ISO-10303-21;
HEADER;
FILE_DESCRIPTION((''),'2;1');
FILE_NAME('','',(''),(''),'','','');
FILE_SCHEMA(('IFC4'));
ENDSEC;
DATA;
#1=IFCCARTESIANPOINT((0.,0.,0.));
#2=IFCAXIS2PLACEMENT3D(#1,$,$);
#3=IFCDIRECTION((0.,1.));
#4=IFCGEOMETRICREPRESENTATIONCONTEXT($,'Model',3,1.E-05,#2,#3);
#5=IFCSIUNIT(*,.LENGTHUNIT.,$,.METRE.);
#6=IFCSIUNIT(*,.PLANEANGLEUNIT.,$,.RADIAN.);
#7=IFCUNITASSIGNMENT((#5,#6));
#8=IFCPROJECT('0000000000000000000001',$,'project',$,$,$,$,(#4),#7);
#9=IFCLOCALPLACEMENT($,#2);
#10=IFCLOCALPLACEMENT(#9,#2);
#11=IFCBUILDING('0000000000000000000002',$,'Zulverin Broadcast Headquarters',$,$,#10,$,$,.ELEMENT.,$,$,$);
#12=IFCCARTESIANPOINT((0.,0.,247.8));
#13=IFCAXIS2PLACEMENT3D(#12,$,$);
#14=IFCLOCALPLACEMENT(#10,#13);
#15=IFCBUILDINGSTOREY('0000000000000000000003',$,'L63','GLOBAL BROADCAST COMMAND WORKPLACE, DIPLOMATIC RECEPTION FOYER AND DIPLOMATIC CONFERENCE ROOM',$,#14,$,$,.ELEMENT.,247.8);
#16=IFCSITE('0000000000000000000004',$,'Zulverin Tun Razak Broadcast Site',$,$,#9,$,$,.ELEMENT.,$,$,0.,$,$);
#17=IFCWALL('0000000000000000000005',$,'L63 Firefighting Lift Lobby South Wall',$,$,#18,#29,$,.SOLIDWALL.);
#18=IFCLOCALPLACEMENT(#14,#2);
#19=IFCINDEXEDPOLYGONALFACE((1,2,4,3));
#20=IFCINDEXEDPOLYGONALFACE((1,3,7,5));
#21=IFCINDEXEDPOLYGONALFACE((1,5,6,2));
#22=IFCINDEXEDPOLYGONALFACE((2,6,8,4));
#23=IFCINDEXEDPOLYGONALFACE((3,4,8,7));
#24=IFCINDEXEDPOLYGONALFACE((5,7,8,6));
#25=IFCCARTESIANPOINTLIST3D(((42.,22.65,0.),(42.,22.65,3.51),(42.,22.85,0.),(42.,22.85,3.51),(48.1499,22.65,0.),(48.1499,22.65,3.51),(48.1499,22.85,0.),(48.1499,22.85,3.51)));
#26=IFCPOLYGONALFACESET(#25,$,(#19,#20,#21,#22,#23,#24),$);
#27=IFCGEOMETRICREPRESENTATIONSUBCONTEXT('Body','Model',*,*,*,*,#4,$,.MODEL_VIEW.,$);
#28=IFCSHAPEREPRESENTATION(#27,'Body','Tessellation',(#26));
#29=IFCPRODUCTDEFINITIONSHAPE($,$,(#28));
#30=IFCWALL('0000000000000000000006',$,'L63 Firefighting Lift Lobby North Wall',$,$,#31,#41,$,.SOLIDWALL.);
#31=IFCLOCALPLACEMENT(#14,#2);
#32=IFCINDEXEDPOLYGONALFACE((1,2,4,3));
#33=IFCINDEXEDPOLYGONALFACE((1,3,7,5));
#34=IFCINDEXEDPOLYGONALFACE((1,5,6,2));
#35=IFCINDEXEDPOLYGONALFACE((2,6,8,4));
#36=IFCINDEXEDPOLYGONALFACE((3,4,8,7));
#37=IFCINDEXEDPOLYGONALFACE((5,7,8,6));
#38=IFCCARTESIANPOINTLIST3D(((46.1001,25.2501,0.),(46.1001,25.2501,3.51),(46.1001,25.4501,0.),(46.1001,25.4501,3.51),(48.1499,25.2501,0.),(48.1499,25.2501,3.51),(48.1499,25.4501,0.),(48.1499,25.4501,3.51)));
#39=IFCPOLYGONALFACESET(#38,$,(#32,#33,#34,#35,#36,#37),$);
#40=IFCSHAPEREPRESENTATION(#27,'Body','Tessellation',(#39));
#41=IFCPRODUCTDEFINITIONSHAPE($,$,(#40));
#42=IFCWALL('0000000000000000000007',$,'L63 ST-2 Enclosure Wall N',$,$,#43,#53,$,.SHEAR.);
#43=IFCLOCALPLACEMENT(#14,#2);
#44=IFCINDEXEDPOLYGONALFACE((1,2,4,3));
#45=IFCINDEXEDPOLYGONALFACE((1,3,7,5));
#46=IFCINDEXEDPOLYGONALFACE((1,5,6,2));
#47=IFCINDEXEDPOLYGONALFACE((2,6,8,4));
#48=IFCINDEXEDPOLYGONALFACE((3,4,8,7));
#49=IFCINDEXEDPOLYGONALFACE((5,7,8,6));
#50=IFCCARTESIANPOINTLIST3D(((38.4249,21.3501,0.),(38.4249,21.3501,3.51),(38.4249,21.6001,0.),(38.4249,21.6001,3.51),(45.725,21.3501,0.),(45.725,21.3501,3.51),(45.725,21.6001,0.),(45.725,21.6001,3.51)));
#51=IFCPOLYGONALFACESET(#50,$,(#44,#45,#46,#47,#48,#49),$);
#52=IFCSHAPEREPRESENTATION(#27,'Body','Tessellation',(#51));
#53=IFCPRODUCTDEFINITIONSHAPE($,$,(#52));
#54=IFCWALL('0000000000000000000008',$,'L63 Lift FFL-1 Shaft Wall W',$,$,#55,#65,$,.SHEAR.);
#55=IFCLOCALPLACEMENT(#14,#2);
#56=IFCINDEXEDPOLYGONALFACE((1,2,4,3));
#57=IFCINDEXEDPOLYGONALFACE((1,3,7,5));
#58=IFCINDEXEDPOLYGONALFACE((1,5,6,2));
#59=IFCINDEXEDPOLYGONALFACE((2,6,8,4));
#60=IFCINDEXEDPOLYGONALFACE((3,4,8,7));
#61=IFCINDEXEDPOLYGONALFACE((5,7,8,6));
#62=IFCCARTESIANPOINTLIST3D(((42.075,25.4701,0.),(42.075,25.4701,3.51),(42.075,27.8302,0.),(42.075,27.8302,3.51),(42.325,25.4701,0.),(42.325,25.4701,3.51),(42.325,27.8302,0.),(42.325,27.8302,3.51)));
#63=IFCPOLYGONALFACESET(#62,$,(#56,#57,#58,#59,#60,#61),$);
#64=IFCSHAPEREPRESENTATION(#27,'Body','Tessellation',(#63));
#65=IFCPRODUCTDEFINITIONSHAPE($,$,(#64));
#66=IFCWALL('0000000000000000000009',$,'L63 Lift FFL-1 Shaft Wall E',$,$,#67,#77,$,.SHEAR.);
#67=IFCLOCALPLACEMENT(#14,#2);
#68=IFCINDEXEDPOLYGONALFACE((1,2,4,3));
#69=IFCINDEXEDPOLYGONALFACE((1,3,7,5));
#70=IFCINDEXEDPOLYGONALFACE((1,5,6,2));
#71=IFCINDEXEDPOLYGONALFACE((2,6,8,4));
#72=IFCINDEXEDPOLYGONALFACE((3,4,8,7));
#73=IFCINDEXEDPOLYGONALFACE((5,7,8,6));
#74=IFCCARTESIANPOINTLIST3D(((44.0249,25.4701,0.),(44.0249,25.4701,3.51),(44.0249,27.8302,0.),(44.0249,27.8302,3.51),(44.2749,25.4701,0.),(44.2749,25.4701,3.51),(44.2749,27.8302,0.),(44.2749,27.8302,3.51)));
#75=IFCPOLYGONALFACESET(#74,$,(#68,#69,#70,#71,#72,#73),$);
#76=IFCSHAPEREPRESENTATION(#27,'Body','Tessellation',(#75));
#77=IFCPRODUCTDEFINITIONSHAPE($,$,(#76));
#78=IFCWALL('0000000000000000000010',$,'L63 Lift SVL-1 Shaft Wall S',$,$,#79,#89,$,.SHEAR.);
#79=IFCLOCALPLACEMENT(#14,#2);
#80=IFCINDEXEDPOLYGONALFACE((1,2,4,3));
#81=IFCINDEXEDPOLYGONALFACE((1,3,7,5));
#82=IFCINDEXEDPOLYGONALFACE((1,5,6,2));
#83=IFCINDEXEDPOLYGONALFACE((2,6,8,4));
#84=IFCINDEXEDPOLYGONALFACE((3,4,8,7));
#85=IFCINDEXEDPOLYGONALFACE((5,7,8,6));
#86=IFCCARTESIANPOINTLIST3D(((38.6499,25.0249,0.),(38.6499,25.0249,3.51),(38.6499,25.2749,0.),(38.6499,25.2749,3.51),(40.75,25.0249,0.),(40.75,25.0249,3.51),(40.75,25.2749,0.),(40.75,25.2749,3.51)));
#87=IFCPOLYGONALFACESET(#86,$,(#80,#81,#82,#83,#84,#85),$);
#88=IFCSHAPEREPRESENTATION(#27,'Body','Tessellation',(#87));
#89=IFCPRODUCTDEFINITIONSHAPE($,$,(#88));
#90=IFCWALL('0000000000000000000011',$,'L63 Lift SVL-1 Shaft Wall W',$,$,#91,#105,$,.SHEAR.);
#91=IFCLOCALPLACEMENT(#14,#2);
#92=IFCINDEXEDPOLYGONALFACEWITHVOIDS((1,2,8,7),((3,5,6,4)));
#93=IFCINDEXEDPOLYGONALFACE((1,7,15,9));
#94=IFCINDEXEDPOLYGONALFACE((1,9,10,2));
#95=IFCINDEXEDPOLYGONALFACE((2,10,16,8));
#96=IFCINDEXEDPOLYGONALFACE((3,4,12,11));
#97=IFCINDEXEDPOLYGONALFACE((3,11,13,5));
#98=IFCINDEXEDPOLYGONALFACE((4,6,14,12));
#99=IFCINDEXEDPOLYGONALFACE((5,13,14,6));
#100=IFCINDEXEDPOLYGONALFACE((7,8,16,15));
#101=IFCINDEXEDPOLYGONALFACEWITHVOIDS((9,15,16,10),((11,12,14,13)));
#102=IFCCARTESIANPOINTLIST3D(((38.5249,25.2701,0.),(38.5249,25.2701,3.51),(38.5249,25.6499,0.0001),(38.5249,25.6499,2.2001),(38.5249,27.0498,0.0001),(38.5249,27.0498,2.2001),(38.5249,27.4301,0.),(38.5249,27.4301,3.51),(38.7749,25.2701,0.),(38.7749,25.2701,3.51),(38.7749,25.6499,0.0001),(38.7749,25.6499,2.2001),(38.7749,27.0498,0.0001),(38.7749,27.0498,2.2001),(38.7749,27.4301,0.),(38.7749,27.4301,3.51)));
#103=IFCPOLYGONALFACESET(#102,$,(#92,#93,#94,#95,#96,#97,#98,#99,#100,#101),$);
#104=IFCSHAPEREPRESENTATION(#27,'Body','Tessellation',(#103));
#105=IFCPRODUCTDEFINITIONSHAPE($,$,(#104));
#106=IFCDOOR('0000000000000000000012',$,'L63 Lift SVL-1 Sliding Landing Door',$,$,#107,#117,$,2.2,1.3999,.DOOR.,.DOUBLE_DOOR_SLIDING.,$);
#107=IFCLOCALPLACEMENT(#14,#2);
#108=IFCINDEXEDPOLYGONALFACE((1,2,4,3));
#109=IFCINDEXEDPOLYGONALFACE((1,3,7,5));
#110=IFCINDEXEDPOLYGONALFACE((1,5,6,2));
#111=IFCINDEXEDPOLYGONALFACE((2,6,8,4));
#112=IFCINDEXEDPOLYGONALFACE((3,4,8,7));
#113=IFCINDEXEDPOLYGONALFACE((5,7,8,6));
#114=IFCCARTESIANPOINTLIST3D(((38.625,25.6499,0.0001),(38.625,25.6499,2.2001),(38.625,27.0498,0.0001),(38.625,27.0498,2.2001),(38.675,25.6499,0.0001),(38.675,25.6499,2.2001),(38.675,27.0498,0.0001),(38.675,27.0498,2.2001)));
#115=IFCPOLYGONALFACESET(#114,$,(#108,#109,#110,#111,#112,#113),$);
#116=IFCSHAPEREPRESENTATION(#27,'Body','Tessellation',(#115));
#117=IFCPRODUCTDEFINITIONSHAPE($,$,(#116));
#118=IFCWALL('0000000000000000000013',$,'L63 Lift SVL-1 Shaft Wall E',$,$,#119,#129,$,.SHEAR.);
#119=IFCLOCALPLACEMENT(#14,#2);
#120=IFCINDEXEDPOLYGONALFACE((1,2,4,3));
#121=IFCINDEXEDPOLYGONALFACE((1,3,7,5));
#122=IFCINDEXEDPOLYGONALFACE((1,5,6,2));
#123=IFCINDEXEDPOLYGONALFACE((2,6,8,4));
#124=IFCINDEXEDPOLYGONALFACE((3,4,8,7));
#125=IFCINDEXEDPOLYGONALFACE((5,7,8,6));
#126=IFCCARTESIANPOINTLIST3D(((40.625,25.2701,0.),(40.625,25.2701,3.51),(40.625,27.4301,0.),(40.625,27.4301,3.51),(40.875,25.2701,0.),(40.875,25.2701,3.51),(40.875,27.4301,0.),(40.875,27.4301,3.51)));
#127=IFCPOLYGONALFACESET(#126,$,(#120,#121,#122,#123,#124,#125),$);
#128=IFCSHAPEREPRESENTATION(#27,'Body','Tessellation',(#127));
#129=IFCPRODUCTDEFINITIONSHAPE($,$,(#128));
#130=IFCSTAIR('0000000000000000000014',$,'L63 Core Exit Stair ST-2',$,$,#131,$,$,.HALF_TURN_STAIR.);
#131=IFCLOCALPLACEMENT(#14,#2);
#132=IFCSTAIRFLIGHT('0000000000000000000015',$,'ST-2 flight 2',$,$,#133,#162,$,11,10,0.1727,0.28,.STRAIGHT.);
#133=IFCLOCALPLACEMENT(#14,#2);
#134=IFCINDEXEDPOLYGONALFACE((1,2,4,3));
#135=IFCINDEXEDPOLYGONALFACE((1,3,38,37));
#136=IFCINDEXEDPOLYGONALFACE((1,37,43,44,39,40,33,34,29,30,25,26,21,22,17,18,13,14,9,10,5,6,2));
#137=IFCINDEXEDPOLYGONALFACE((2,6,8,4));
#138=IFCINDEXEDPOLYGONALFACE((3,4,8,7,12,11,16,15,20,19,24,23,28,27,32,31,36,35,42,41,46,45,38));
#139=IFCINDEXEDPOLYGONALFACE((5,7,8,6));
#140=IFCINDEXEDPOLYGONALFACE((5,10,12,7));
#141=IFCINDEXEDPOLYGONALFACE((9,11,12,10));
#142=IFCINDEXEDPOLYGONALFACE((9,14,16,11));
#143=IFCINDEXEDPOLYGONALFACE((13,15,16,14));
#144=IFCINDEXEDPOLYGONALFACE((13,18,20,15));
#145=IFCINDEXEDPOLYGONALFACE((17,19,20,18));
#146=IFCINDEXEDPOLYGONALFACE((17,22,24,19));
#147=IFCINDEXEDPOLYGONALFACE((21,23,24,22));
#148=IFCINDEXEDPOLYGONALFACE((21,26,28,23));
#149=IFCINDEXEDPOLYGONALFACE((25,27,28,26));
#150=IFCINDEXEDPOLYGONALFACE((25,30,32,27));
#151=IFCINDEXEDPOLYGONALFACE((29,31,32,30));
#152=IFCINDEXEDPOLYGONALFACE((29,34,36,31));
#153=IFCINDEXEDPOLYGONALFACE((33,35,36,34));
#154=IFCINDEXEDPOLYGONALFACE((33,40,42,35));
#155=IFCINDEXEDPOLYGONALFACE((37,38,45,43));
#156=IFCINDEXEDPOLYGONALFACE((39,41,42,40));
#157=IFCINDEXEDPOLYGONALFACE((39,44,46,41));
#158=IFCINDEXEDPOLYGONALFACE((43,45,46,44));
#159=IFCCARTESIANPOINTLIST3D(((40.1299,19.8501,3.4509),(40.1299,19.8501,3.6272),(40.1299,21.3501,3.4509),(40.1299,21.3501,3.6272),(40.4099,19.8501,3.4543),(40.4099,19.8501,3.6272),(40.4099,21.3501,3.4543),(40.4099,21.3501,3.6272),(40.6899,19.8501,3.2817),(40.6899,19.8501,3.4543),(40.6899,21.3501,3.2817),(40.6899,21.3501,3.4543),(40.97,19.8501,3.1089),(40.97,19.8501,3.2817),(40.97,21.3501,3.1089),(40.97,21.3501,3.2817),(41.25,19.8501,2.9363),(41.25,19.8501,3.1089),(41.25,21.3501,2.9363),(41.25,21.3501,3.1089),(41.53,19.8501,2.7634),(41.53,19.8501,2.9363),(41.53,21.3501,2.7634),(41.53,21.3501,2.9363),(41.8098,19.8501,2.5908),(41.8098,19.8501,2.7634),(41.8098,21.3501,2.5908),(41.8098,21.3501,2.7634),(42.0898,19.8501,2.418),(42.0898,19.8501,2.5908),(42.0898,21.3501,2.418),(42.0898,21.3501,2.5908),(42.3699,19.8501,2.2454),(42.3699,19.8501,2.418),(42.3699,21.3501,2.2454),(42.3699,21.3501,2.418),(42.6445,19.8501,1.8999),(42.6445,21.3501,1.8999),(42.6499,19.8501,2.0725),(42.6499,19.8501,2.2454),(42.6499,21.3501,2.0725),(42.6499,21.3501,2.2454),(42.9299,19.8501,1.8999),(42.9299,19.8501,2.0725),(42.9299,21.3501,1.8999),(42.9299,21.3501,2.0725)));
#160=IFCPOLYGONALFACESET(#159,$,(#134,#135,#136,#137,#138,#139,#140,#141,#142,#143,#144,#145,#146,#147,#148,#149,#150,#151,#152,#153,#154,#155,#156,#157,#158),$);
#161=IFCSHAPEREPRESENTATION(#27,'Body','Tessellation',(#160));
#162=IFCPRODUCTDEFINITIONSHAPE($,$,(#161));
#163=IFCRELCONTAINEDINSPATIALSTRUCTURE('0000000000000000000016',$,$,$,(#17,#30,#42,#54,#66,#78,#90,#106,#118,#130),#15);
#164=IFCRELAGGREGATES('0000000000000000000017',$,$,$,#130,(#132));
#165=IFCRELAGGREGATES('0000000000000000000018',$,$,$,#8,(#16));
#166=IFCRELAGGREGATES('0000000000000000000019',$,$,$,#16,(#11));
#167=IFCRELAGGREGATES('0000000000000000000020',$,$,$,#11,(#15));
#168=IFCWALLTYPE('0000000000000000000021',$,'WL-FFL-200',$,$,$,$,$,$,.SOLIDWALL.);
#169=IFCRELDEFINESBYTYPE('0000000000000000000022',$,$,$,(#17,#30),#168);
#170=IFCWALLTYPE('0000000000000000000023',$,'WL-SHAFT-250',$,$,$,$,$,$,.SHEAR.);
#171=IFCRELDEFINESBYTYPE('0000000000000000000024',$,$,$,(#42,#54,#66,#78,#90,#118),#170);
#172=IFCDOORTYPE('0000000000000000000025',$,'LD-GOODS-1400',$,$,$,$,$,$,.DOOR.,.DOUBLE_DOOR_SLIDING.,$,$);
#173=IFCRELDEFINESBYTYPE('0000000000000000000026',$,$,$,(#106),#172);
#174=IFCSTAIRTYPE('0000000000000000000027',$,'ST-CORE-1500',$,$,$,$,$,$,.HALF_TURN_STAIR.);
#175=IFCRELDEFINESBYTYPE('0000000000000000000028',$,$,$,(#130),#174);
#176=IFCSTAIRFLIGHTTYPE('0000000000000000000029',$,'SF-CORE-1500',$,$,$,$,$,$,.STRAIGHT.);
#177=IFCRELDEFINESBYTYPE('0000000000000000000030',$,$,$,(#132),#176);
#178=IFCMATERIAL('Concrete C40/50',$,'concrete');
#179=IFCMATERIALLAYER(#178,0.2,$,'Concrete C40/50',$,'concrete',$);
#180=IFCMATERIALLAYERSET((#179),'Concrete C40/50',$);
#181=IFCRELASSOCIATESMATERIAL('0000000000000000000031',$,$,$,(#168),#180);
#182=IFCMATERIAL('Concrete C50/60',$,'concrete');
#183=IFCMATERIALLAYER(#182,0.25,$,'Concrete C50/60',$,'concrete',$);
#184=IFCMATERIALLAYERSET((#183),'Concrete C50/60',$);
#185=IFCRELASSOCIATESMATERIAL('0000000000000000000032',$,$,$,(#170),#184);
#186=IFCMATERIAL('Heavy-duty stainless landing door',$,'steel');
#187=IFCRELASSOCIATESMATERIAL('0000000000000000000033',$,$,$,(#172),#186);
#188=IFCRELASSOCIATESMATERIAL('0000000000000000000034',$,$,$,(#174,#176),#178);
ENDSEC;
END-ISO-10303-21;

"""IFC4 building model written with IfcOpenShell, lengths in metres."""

from ifc_helpers import new_model, si_unit, direction, frame, frame_2d, origin, place, context, subcontext, project, spatial, polyline, rectangle, outline, extrude, material, layer, layer_set, type_object, element, fill, aggregate, save


model = new_model("IFC4")

# Units and contexts
model_context = context("Model", 3, precision=1e-05, world=origin(), true_north=direction((0.0, 1.0)))
body_context = subcontext(model_context, "Body", "Model", "MODEL_VIEW")
ifc_project = project(units=[si_unit("LENGTHUNIT", "METRE"), si_unit("PLANEANGLEUNIT", "RADIAN")], contexts=[model_context])

# Site, building, storey
site_placement = place(None, origin())
site = spatial("IfcSite", under=ifc_project, at=site_placement, Name="Zulverin Tun Razak Broadcast Site", CompositionType="ELEMENT", RefElevation=0.0)
building_placement = place(site_placement, origin())
building = spatial("IfcBuilding", under=site, at=building_placement, Name="Zulverin Broadcast Headquarters", CompositionType="ELEMENT")
storey_placement = place(building_placement, frame((0.0, 0.0, 247.8)))
storey = spatial("IfcBuildingStorey", under=building, at=storey_placement, Name="L63", Description="GLOBAL BROADCAST COMMAND WORKPLACE, DIPLOMATIC RECEPTION FOYER AND DIPLOMATIC CONFERENCE ROOM", CompositionType="ELEMENT", Elevation=247.8)

# Shared definitions
ifc_material_1 = material(Name="Concrete C40/50", Category="concrete")
ifc_layer_1 = layer(ifc_material_1, 0.2, Name="Concrete C40/50", Category="concrete")
ifc_layer_set_1 = layer_set([ifc_layer_1], Name="Concrete C40/50")
wall_type_1 = type_object("IfcWallType", Name="WL-FFL-200", PredefinedType="SOLIDWALL", material=ifc_layer_set_1)

# Walls
wall_1_placement = place(storey_placement, frame((42.0, 22.75, 0.0), z_axis=(0.0, 0.0, 1.0), x_axis=(1.0, 0.0, 0.0)))
element("IfcWall", 1, at=wall_1_placement, inside=storey, type_object=wall_type_1, Name="L63 Firefighting Lift Lobby South Wall", PredefinedType="SOLIDWALL", context=body_context, shape_type="SweptSolid", body=[
    extrude(rectangle(XDim=6.1499, YDim=0.2, at=frame_2d((3.075, 0.0))), origin(), (0.0, 0.0, 1.0), 3.51),
])
wall_2_placement = place(storey_placement, frame((46.1001, 25.3501, 0.0), z_axis=(0.0, 0.0, 1.0), x_axis=(1.0, 0.0, 0.0)))
element("IfcWall", 2, at=wall_2_placement, inside=storey, type_object=wall_type_1, Name="L63 Firefighting Lift Lobby North Wall", PredefinedType="SOLIDWALL", context=body_context, shape_type="SweptSolid", body=[
    extrude(rectangle(XDim=2.0498, YDim=0.2, at=frame_2d((1.0249, 0.0))), origin(), (0.0, 0.0, 1.0), 3.51),
])
ifc_material_2 = material(Name="Concrete C50/60", Category="concrete")
ifc_layer_2 = layer(ifc_material_2, 0.25, Name="Concrete C50/60", Category="concrete")
ifc_layer_set_2 = layer_set([ifc_layer_2], Name="Concrete C50/60")
wall_type_2 = type_object("IfcWallType", Name="WL-SHAFT-250", PredefinedType="SHEAR", material=ifc_layer_set_2)
wall_3_placement = place(storey_placement, frame((38.425, 21.4751, 0.0), z_axis=(0.0, 0.0, 1.0), x_axis=(1.0, 0.0, 0.0)))
element("IfcWall", 3, at=wall_3_placement, inside=storey, type_object=wall_type_2, Name="L63 ST-2 Enclosure Wall N", PredefinedType="SHEAR", context=body_context, shape_type="SweptSolid", body=[
    extrude(rectangle(XDim=7.3, YDim=0.25, at=frame_2d((3.6499, 0.0))), origin(), (0.0, 0.0, 1.0), 3.51),
])

# Walls
for number, where, z_axis, x_axis, name in (
    (4, (42.2, 25.47, 0.0), (0.0, 0.0, 1.0), (0.0, 1.0, 0.0), "L63 Lift FFL-1 Shaft Wall W"),
    (5, (44.1499, 25.47, 0.0), (0.0, 0.0, 1.0), (0.0, 1.0, 0.0), "L63 Lift FFL-1 Shaft Wall E"),
):
    element("IfcWall", number, at=place(storey_placement, frame(where, z_axis=z_axis, x_axis=x_axis)), inside=storey, type_object=wall_type_2, Name=name, PredefinedType="SHEAR", context=body_context, shape_type="SweptSolid", body=[
        extrude(rectangle(XDim=2.3601, YDim=0.25, at=frame_2d((1.1802, 0.0))), origin(), (0.0, 0.0, 1.0), 3.51),
    ])

# Wall
wall_4_placement = place(storey_placement, frame((38.6499, 25.1499, 0.0), z_axis=(0.0, 0.0, 1.0), x_axis=(1.0, 0.0, 0.0)))
element("IfcWall", 6, at=wall_4_placement, inside=storey, type_object=wall_type_2, Name="L63 Lift SVL-1 Shaft Wall S", PredefinedType="SHEAR", context=body_context, shape_type="SweptSolid", body=[
    extrude(rectangle(XDim=2.1001, YDim=0.25, at=frame_2d((1.05, 0.0))), origin(), (0.0, 0.0, 1.0), 3.51),
])

# Wall, opening, door
wall_5_placement = place(storey_placement, frame((38.6499, 25.27, 0.0), z_axis=(0.0, 0.0, 1.0), x_axis=(0.0, 1.0, 0.0)))
wall_5 = element("IfcWall", 7, at=wall_5_placement, inside=storey, type_object=wall_type_2, Name="L63 Lift SVL-1 Shaft Wall W", PredefinedType="SHEAR", context=body_context, shape_type="SweptSolid", body=[
    extrude(rectangle(XDim=2.1599, YDim=0.25, at=frame_2d((1.0801, 0.0))), origin(), (0.0, 0.0, 1.0), 3.51),
])
opening_1_placement = place(wall_5_placement, frame((0.3799, 0.0, 0.0)))
opening_1 = element("IfcOpeningElement", 8, at=opening_1_placement, cuts=wall_5, PredefinedType="OPENING", context=body_context, shape_type="SweptSolid", body=[
    extrude(rectangle(XDim=1.3999, YDim=2.2, at=frame_2d((0.7, 1.1001))), frame((0.0, 0.135, 0.0), z_axis=(0.0, -1.0, 0.0), x_axis=(1.0, 0.0, 0.0)), (0.0, 0.0, 1.0), 0.27),
])
ifc_material_3 = material(Name="Heavy-duty stainless landing door", Category="steel")
door_type_1 = type_object("IfcDoorType", Name="LD-GOODS-1400", OperationType="DOUBLE_DOOR_SLIDING", PredefinedType="DOOR", material=ifc_material_3)
door_1_placement = place(opening_1_placement, origin())
door_1 = element("IfcDoor", 9, at=door_1_placement, inside=storey, type_object=door_type_1, Name="L63 Lift SVL-1 Sliding Landing Door", OperationType="DOUBLE_DOOR_SLIDING", OverallHeight=2.2, OverallWidth=1.3999, PredefinedType="DOOR", context=body_context, shape_type="SweptSolid", body=[
    extrude(rectangle(XDim=1.3999, YDim=2.2, at=frame_2d((0.7, 1.1001))), frame((0.0, 0.0249, 0.0), z_axis=(0.0, -1.0, 0.0), x_axis=(1.0, 0.0, 0.0)), (0.0, 0.0, 1.0), 0.05),
])
fill(opening_1, door_1)

# Wall
wall_6_placement = place(storey_placement, frame((40.75, 25.27, 0.0), z_axis=(0.0, 0.0, 1.0), x_axis=(0.0, 1.0, 0.0)))
element("IfcWall", 10, at=wall_6_placement, inside=storey, type_object=wall_type_2, Name="L63 Lift SVL-1 Shaft Wall E", PredefinedType="SHEAR", context=body_context, shape_type="SweptSolid", body=[
    extrude(rectangle(XDim=2.1599, YDim=0.25, at=frame_2d((1.0801, 0.0))), origin(), (0.0, 0.0, 1.0), 3.51),
])

# Stair, stair flight
stair_type = type_object("IfcStairType", Name="ST-CORE-1500", PredefinedType="HALF_TURN_STAIR", material=ifc_material_1)
stair_placement = place(storey_placement, origin())
stair = element("IfcStair", 11, at=stair_placement, inside=storey, type_object=stair_type, Name="L63 Core Exit Stair ST-2", PredefinedType="HALF_TURN_STAIR")
stair_flight_type = type_object("IfcStairFlightType", Name="SF-CORE-1500", PredefinedType="STRAIGHT", material=ifc_material_1)
stair_flight_placement = place(storey_placement, frame((42.9299, 20.6001, 1.8999), z_axis=(0.0, 0.0, 1.0), x_axis=(-1.0, 0.0, 0.0)))
stair_flight = element("IfcStairFlight", 12, at=stair_flight_placement, type_object=stair_flight_type, Name="ST-2 flight 2", NumberOfRisers=11, NumberOfTreads=10, PredefinedType="STRAIGHT", RiserHeight=0.1727, TreadLength=0.28, context=body_context, shape_type="SweptSolid", body=[
    extrude(outline(polyline([(0.0, 0.0), (0.0, 0.1726), (0.28, 0.1726), (0.28, 0.3455), (0.5601, 0.3455), (0.5601, 0.5181), (0.8401, 0.5181), (0.8401, 0.6909), (1.1201, 0.6909), (1.1201, 0.8635), (1.3999, 0.8635), (1.3999, 1.0364), (1.6799, 1.0364), (1.6799, 1.209), (1.96, 1.209), (1.96, 1.3818), (2.24, 1.3818), (2.24, 1.5544), (2.52, 1.5544), (2.52, 1.7273), (2.8, 1.7273), (2.8, 1.8999), (2.8, 1.551), (0.2854, 0.0), (0.0, 0.0)])), frame((0.0, 0.75, 0.0), z_axis=(0.0, -1.0, 0.0), x_axis=(1.0, 0.0, 0.0)), (0.0, 0.0, 1.0), 1.5),
])
aggregate(stair, [stair_flight])

save(model, "model.ifc")
